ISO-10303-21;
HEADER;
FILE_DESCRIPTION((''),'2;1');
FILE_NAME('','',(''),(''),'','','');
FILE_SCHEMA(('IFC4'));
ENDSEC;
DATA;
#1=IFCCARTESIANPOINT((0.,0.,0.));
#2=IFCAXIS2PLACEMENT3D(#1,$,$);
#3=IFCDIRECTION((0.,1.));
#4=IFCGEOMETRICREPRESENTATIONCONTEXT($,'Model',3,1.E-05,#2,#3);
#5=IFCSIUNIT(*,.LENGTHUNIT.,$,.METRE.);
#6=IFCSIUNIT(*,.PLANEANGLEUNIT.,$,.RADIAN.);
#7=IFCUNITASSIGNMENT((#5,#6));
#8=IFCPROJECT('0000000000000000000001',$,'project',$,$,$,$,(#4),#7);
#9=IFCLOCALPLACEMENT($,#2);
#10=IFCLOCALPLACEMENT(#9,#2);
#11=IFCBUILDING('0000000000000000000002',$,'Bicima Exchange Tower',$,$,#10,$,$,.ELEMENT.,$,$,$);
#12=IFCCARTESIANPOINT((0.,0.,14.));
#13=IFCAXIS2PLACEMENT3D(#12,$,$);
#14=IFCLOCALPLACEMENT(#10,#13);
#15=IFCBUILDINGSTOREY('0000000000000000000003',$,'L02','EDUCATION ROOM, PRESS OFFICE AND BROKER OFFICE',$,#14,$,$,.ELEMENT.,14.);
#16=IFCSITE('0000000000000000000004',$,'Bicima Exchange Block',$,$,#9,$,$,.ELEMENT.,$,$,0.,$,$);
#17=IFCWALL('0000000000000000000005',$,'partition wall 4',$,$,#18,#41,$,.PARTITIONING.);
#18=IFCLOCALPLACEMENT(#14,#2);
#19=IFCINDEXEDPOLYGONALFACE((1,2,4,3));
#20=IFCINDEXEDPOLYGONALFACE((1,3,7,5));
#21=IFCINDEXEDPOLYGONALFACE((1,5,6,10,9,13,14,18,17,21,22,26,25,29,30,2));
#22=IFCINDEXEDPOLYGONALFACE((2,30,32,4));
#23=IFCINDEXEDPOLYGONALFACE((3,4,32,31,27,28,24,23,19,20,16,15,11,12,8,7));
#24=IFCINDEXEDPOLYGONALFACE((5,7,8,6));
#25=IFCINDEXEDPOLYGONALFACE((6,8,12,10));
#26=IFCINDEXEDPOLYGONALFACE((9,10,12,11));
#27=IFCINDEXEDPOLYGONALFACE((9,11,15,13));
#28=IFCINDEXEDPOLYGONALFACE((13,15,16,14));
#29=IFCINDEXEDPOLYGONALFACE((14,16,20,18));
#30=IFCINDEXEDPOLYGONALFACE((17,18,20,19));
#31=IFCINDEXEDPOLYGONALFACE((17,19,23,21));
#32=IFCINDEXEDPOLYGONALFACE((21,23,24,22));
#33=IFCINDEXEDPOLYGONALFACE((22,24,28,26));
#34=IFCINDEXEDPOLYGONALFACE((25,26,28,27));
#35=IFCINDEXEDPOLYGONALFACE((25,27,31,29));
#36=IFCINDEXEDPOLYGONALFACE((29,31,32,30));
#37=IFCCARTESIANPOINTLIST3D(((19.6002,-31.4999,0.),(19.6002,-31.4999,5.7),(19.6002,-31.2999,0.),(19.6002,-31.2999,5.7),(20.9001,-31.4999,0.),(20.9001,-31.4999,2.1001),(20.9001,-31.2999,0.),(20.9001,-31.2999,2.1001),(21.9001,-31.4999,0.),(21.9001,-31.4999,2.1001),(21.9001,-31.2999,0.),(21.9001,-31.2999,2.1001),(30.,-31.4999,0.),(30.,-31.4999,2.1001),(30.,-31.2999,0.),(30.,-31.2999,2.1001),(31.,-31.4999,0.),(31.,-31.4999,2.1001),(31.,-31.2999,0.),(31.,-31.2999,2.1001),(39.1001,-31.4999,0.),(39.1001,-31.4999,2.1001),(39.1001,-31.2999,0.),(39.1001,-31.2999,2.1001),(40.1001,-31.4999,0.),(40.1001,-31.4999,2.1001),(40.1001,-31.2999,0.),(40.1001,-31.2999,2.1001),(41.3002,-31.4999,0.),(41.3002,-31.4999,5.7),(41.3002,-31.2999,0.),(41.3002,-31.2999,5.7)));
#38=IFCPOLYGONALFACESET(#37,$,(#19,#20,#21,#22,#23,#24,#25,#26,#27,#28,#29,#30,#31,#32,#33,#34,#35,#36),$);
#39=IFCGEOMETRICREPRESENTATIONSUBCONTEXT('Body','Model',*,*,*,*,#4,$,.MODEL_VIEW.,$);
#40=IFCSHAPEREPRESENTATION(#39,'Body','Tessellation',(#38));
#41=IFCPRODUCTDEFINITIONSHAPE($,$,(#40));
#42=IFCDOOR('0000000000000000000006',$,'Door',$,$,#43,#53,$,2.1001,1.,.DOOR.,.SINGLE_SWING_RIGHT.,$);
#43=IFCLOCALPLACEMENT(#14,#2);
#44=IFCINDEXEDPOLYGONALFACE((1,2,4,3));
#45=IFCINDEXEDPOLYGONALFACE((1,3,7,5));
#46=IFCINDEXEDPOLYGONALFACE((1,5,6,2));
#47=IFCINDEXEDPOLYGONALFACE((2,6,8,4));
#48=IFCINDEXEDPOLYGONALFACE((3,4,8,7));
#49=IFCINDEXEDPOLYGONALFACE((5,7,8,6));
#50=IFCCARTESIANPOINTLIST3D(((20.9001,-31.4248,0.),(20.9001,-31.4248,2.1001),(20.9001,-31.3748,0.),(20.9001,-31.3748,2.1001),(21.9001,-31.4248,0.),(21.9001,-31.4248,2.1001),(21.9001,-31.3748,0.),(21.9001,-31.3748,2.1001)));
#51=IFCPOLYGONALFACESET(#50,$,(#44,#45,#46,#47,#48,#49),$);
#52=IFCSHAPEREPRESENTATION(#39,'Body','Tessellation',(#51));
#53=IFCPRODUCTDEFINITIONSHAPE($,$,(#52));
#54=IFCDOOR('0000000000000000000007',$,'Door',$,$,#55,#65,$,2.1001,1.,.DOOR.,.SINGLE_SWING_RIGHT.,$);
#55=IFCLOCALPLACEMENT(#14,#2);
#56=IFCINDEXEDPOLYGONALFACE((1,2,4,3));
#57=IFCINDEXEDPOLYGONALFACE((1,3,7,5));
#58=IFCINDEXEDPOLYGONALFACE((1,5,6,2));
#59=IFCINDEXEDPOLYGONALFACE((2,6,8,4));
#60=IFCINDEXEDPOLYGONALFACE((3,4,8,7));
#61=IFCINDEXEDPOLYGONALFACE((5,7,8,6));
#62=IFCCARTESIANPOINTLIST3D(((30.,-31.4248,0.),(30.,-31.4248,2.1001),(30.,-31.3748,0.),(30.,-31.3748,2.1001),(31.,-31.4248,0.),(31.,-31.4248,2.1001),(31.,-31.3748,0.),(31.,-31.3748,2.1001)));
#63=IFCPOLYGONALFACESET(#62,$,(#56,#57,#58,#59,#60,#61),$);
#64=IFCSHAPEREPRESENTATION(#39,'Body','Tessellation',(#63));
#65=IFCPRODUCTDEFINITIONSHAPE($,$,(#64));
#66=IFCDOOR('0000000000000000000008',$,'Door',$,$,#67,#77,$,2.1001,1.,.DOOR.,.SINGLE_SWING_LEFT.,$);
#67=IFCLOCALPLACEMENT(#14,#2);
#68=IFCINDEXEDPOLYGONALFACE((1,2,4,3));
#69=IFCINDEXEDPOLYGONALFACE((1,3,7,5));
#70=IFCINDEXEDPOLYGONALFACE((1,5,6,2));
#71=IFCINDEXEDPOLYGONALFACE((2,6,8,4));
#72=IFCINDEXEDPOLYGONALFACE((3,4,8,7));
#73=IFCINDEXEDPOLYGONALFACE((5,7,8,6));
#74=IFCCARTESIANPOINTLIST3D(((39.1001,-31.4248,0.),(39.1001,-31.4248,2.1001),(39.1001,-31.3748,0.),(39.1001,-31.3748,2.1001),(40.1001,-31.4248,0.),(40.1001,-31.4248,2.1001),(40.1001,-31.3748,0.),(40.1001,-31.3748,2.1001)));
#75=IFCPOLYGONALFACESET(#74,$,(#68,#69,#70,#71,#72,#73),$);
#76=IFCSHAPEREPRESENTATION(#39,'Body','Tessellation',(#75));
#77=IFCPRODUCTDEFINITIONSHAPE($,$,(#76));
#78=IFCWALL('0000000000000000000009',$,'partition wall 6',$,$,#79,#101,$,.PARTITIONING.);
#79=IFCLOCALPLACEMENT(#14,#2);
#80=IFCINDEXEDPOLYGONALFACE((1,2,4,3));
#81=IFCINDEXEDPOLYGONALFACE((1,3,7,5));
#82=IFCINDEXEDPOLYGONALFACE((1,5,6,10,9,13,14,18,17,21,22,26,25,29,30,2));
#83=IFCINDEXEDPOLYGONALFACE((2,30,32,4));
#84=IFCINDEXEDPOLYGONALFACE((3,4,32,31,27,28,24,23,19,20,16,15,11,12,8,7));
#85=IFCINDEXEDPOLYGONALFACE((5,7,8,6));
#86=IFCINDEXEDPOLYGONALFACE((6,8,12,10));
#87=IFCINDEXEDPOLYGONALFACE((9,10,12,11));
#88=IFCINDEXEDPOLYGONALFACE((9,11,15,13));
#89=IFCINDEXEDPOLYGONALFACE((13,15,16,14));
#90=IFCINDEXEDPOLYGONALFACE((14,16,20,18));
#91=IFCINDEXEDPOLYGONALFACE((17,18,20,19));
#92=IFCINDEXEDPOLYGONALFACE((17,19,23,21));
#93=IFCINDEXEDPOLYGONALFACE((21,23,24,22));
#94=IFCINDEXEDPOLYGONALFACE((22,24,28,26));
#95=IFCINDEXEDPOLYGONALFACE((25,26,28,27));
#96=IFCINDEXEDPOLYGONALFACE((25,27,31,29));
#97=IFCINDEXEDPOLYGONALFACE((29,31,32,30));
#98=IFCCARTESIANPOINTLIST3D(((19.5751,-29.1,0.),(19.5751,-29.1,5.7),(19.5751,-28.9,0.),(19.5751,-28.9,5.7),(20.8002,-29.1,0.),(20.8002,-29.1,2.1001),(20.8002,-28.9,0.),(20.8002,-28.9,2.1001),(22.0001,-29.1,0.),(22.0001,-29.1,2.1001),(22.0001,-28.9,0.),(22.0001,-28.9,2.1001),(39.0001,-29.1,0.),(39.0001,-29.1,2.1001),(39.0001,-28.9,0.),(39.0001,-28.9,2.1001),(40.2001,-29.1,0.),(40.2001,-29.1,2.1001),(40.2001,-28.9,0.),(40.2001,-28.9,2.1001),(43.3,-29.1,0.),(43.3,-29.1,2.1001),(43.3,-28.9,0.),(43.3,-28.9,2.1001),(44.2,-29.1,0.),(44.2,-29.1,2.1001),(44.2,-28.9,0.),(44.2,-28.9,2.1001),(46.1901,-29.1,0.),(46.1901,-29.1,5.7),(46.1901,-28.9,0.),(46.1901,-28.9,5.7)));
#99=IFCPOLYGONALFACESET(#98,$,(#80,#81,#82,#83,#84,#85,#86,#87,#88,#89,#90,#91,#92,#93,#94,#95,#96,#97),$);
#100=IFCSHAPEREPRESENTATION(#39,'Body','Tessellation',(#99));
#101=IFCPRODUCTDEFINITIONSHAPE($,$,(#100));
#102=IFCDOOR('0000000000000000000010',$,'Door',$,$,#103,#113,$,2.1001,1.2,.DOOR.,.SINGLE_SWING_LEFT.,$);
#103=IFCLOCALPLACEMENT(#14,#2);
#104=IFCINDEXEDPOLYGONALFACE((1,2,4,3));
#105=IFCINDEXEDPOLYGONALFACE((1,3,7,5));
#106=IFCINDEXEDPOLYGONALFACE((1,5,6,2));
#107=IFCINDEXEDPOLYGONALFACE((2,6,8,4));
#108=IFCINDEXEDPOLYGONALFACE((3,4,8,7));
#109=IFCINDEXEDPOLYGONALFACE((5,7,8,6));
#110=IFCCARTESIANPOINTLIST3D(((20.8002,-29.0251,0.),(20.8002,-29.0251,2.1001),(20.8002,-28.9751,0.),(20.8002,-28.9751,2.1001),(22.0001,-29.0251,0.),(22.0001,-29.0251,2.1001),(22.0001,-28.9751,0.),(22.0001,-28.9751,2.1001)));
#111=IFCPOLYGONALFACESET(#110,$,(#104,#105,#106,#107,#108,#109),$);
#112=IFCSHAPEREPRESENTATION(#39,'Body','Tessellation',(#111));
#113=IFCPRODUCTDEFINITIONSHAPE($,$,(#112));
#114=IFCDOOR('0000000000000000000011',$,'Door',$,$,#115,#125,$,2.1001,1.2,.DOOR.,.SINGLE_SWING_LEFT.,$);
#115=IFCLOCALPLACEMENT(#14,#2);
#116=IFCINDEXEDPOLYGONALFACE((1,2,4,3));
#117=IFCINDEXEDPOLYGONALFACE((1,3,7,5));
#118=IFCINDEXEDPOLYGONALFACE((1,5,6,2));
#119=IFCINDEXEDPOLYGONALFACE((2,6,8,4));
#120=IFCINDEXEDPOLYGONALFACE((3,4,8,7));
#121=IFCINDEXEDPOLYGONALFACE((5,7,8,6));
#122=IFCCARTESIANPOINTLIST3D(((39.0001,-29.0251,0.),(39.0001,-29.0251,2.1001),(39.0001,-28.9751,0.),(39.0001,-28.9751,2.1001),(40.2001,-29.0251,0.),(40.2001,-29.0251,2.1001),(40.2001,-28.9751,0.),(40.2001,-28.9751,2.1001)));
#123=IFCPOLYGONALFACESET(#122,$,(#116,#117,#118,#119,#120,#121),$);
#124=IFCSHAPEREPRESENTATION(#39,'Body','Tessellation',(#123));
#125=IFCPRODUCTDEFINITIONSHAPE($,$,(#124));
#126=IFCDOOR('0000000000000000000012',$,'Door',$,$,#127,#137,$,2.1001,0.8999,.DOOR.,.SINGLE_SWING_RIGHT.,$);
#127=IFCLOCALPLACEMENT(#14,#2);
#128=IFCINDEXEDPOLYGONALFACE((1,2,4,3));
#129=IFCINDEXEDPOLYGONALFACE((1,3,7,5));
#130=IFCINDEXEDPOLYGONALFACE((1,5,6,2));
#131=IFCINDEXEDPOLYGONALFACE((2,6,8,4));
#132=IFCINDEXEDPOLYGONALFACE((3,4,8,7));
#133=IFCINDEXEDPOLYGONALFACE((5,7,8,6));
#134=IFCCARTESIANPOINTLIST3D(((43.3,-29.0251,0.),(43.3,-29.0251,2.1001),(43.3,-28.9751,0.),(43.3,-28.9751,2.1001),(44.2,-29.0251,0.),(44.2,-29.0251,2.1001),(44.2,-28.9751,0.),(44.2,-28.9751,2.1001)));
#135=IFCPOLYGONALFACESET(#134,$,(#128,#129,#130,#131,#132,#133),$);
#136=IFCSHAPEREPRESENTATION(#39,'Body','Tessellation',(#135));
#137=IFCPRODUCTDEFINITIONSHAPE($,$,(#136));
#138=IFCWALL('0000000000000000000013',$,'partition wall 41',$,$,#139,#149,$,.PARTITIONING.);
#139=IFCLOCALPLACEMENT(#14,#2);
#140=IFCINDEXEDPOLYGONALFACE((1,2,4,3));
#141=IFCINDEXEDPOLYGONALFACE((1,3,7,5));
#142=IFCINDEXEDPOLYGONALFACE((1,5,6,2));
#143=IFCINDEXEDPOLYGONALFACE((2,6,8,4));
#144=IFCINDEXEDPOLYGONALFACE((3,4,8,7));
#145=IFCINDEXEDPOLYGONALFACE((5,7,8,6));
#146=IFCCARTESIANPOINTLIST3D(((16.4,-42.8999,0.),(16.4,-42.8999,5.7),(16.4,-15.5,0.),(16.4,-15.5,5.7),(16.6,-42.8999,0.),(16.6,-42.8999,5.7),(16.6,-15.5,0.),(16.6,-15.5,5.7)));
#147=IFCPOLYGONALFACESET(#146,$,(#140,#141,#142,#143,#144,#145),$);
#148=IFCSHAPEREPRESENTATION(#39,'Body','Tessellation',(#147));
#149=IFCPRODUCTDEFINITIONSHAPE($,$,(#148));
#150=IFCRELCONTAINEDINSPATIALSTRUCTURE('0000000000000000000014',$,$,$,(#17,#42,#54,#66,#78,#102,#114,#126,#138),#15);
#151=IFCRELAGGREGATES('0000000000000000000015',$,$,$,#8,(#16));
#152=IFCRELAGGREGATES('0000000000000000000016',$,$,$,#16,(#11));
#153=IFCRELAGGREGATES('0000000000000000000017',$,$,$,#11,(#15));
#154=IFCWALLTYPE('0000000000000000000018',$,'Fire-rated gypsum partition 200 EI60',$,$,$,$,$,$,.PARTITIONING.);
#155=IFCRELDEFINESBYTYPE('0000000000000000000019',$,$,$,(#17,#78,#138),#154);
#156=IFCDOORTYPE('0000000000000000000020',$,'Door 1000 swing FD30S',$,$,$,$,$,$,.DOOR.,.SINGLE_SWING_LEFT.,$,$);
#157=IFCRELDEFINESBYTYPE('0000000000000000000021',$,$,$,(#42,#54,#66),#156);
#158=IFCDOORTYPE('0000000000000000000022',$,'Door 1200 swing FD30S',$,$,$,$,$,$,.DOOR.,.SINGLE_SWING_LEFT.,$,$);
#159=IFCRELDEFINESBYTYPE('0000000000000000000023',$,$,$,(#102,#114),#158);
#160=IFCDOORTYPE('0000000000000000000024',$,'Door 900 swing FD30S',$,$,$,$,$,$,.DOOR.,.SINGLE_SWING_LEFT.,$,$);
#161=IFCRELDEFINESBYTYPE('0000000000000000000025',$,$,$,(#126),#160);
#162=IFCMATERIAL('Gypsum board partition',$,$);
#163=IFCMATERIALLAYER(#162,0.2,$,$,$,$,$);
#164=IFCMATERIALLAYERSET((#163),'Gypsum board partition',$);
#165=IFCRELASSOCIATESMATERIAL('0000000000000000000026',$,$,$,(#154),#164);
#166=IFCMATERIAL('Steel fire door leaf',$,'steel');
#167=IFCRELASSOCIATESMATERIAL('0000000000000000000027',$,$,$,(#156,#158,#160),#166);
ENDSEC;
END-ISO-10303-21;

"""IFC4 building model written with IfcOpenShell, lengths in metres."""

from ifc_helpers import new_model, si_unit, direction, frame, frame_2d, origin, place, context, subcontext, project, spatial, rectangle, extrude, material, layer, layer_set, type_object, element, fill, save


model = new_model("IFC4")

# Units and contexts
model_context = context("Model", 3, precision=1e-05, world=origin(), true_north=direction((0.0, 1.0)))
body_context = subcontext(model_context, "Body", "Model", "MODEL_VIEW")
ifc_project = project(units=[si_unit("LENGTHUNIT", "METRE"), si_unit("PLANEANGLEUNIT", "RADIAN")], contexts=[model_context])

# Site, building, storey
site_placement = place(None, origin())
site = spatial("IfcSite", under=ifc_project, at=site_placement, Name="Bicima Exchange Block", CompositionType="ELEMENT", RefElevation=0.0)
building_placement = place(site_placement, origin())
building = spatial("IfcBuilding", under=site, at=building_placement, Name="Bicima Exchange Tower", CompositionType="ELEMENT")
storey_placement = place(building_placement, frame((0.0, 0.0, 14.0)))
storey = spatial("IfcBuildingStorey", under=building, at=storey_placement, Name="L02", Description="EDUCATION ROOM, PRESS OFFICE AND BROKER OFFICE", CompositionType="ELEMENT", Elevation=14.0)

# Walls, openings, doors
ifc_material_1 = material(Name="Gypsum board partition")
ifc_layer_1 = layer(ifc_material_1, 0.2)
ifc_layer_set_1 = layer_set([ifc_layer_1], Name="Gypsum board partition")
wall_type = type_object("IfcWallType", Name="Fire-rated gypsum partition 200 EI60", PredefinedType="PARTITIONING", material=ifc_layer_set_1)
wall_1_placement = place(storey_placement, frame((19.6001, -31.3999, 0.0), z_axis=(0.0, 0.0, 1.0), x_axis=(1.0, 0.0, 0.0)))
wall_1 = element("IfcWall", 1, at=wall_1_placement, inside=storey, type_object=wall_type, Name="partition wall 4", PredefinedType="PARTITIONING", context=body_context, shape_type="SweptSolid", body=[
    extrude(rectangle(XDim=21.7, YDim=0.2, at=frame_2d((10.8501, 0.0))), origin(), (0.0, 0.0, 1.0), 5.7),
])
opening_1_placement = place(wall_1_placement, frame((1.3, 0.0, 0.0)))
opening_1 = element("IfcOpeningElement", 2, at=opening_1_placement, cuts=wall_1, PredefinedType="OPENING", context=body_context, shape_type="SweptSolid", body=[
    extrude(rectangle(XDim=1.0, YDim=2.1001, at=frame_2d((0.5, 1.05))), frame((0.0, 0.1118, 0.0), z_axis=(0.0, -1.0, 0.0), x_axis=(1.0, 0.0, 0.0)), (0.0, 0.0, 1.0), 0.2239),
])
opening_2_placement = place(wall_1_placement, frame((10.3999, 0.0, 0.0)))
opening_2 = element("IfcOpeningElement", 3, at=opening_2_placement, cuts=wall_1, PredefinedType="OPENING", context=body_context, shape_type="SweptSolid", body=[
    extrude(rectangle(XDim=1.0, YDim=2.1001, at=frame_2d((0.5, 1.05))), frame((0.0, 0.1118, 0.0), z_axis=(0.0, -1.0, 0.0), x_axis=(1.0, 0.0, 0.0)), (0.0, 0.0, 1.0), 0.2239),
])
opening_3_placement = place(wall_1_placement, frame((19.5, 0.0, 0.0)))
opening_3 = element("IfcOpeningElement", 4, at=opening_3_placement, cuts=wall_1, PredefinedType="OPENING", context=body_context, shape_type="SweptSolid", body=[
    extrude(rectangle(XDim=1.0, YDim=2.1001, at=frame_2d((0.5, 1.05))), frame((0.0, 0.1118, 0.0), z_axis=(0.0, -1.0, 0.0), x_axis=(1.0, 0.0, 0.0)), (0.0, 0.0, 1.0), 0.2239),
])
ifc_material_2 = material(Name="Steel fire door leaf", Category="steel")
door_type_1 = type_object("IfcDoorType", Name="Door 1000 swing FD30S", OperationType="SINGLE_SWING_LEFT", PredefinedType="DOOR", material=ifc_material_2)
door_1_placement = place(opening_1_placement, frame((1.0, 0.0, 0.0), z_axis=(0.0, 0.0, 1.0), x_axis=(-1.0, 0.0, 0.0)))
door_1 = element("IfcDoor", 5, at=door_1_placement, inside=storey, type_object=door_type_1, Name="Door", OperationType="SINGLE_SWING_RIGHT", OverallHeight=2.1001, OverallWidth=1.0, PredefinedType="DOOR", context=body_context, shape_type="SweptSolid", body=[
    extrude(rectangle(XDim=1.0, YDim=2.1001, at=frame_2d((0.5, 1.05))), frame((0.0, 0.0249, 0.0), z_axis=(0.0, -1.0, 0.0), x_axis=(1.0, 0.0, 0.0)), (0.0, 0.0, 1.0), 0.05),
])
fill(opening_1, door_1)
door_2_placement = place(opening_2_placement, frame((1.0, 0.0, 0.0), z_axis=(0.0, 0.0, 1.0), x_axis=(-1.0, 0.0, 0.0)))
door_2 = element("IfcDoor", 6, at=door_2_placement, inside=storey, type_object=door_type_1, Name="Door", OperationType="SINGLE_SWING_RIGHT", OverallHeight=2.1001, OverallWidth=1.0, PredefinedType="DOOR", context=body_context, shape_type="SweptSolid", body=[
    extrude(rectangle(XDim=1.0, YDim=2.1001, at=frame_2d((0.5, 1.05))), frame((0.0, 0.0249, 0.0), z_axis=(0.0, -1.0, 0.0), x_axis=(1.0, 0.0, 0.0)), (0.0, 0.0, 1.0), 0.05),
])
fill(opening_2, door_2)
door_3_placement = place(opening_3_placement, frame((1.0, 0.0, 0.0), z_axis=(0.0, 0.0, 1.0), x_axis=(-1.0, 0.0, 0.0)))
door_3 = element("IfcDoor", 7, at=door_3_placement, inside=storey, type_object=door_type_1, Name="Door", OperationType="SINGLE_SWING_LEFT", OverallHeight=2.1001, OverallWidth=1.0, PredefinedType="DOOR", context=body_context, shape_type="SweptSolid", body=[
    extrude(rectangle(XDim=1.0, YDim=2.1001, at=frame_2d((0.5, 1.05))), frame((0.0, 0.0249, 0.0), z_axis=(0.0, -1.0, 0.0), x_axis=(1.0, 0.0, 0.0)), (0.0, 0.0, 1.0), 0.05),
])
fill(opening_3, door_3)
wall_2_placement = place(storey_placement, frame((19.575, -29.0, 0.0), z_axis=(0.0, 0.0, 1.0), x_axis=(1.0, 0.0, 0.0)))
wall_2 = element("IfcWall", 8, at=wall_2_placement, inside=storey, type_object=wall_type, Name="partition wall 6", PredefinedType="PARTITIONING", context=body_context, shape_type="SweptSolid", body=[
    extrude(rectangle(XDim=26.615, YDim=0.2, at=frame_2d((13.3076, 0.0))), origin(), (0.0, 0.0, 1.0), 5.7),
])
opening_4_placement = place(wall_2_placement, frame((1.2251, 0.0, 0.0)))
opening_4 = element("IfcOpeningElement", 9, at=opening_4_placement, cuts=wall_2, PredefinedType="OPENING", context=body_context, shape_type="SweptSolid", body=[
    extrude(rectangle(XDim=1.2, YDim=2.1001, at=frame_2d((0.6001, 1.05))), frame((0.0, 0.1118, 0.0), z_axis=(0.0, -1.0, 0.0), x_axis=(1.0, 0.0, 0.0)), (0.0, 0.0, 1.0), 0.2239),
])
opening_5_placement = place(wall_2_placement, frame((19.425, 0.0, 0.0)))
opening_5 = element("IfcOpeningElement", 10, at=opening_5_placement, cuts=wall_2, PredefinedType="OPENING", context=body_context, shape_type="SweptSolid", body=[
    extrude(rectangle(XDim=1.2, YDim=2.1001, at=frame_2d((0.6001, 1.05))), frame((0.0, 0.1118, 0.0), z_axis=(0.0, -1.0, 0.0), x_axis=(1.0, 0.0, 0.0)), (0.0, 0.0, 1.0), 0.2239),
])
opening_6_placement = place(wall_2_placement, frame((23.7251, 0.0, 0.0)))
opening_6 = element("IfcOpeningElement", 11, at=opening_6_placement, cuts=wall_2, PredefinedType="OPENING", context=body_context, shape_type="SweptSolid", body=[
    extrude(rectangle(XDim=0.8999, YDim=2.1001, at=frame_2d((0.45, 1.05))), frame((0.0, 0.1118, 0.0), z_axis=(0.0, -1.0, 0.0), x_axis=(1.0, 0.0, 0.0)), (0.0, 0.0, 1.0), 0.2239),
])
door_type_2 = type_object("IfcDoorType", Name="Door 1200 swing FD30S", OperationType="SINGLE_SWING_LEFT", PredefinedType="DOOR", material=ifc_material_2)
door_4_placement = place(opening_4_placement, origin())
door_4 = element("IfcDoor", 12, at=door_4_placement, inside=storey, type_object=door_type_2, Name="Door", OperationType="SINGLE_SWING_LEFT", OverallHeight=2.1001, OverallWidth=1.2, PredefinedType="DOOR", context=body_context, shape_type="SweptSolid", body=[
    extrude(rectangle(XDim=1.2, YDim=2.1001, at=frame_2d((0.6001, 1.05))), frame((0.0, 0.0249, 0.0), z_axis=(0.0, -1.0, 0.0), x_axis=(1.0, 0.0, 0.0)), (0.0, 0.0, 1.0), 0.05),
])
fill(opening_4, door_4)
door_5_placement = place(opening_5_placement, origin())
door_5 = element("IfcDoor", 13, at=door_5_placement, inside=storey, type_object=door_type_2, Name="Door", OperationType="SINGLE_SWING_LEFT", OverallHeight=2.1001, OverallWidth=1.2, PredefinedType="DOOR", context=body_context, shape_type="SweptSolid", body=[
    extrude(rectangle(XDim=1.2, YDim=2.1001, at=frame_2d((0.6001, 1.05))), frame((0.0, 0.0249, 0.0), z_axis=(0.0, -1.0, 0.0), x_axis=(1.0, 0.0, 0.0)), (0.0, 0.0, 1.0), 0.05),
])
fill(opening_5, door_5)
door_type_3 = type_object("IfcDoorType", Name="Door 900 swing FD30S", OperationType="SINGLE_SWING_LEFT", PredefinedType="DOOR", material=ifc_material_2)
door_6_placement = place(opening_6_placement, origin())
door_6 = element("IfcDoor", 14, at=door_6_placement, inside=storey, type_object=door_type_3, Name="Door", OperationType="SINGLE_SWING_RIGHT", OverallHeight=2.1001, OverallWidth=0.8999, PredefinedType="DOOR", context=body_context, shape_type="SweptSolid", body=[
    extrude(rectangle(XDim=0.8999, YDim=2.1001, at=frame_2d((0.45, 1.05))), frame((0.0, 0.0249, 0.0), z_axis=(0.0, -1.0, 0.0), x_axis=(1.0, 0.0, 0.0)), (0.0, 0.0, 1.0), 0.05),
])
fill(opening_6, door_6)

# Wall
wall_3_placement = place(storey_placement, frame((16.5, -42.8999, 0.0), z_axis=(0.0, 0.0, 1.0), x_axis=(0.0, 1.0, 0.0)))
element("IfcWall", 15, at=wall_3_placement, inside=storey, type_object=wall_type, Name="partition wall 41", PredefinedType="PARTITIONING", context=body_context, shape_type="SweptSolid", body=[
    extrude(rectangle(XDim=27.3999, YDim=0.2, at=frame_2d((13.7, 0.0))), origin(), (0.0, 0.0, 1.0), 5.7),
])

save(model, "model.ifc")
